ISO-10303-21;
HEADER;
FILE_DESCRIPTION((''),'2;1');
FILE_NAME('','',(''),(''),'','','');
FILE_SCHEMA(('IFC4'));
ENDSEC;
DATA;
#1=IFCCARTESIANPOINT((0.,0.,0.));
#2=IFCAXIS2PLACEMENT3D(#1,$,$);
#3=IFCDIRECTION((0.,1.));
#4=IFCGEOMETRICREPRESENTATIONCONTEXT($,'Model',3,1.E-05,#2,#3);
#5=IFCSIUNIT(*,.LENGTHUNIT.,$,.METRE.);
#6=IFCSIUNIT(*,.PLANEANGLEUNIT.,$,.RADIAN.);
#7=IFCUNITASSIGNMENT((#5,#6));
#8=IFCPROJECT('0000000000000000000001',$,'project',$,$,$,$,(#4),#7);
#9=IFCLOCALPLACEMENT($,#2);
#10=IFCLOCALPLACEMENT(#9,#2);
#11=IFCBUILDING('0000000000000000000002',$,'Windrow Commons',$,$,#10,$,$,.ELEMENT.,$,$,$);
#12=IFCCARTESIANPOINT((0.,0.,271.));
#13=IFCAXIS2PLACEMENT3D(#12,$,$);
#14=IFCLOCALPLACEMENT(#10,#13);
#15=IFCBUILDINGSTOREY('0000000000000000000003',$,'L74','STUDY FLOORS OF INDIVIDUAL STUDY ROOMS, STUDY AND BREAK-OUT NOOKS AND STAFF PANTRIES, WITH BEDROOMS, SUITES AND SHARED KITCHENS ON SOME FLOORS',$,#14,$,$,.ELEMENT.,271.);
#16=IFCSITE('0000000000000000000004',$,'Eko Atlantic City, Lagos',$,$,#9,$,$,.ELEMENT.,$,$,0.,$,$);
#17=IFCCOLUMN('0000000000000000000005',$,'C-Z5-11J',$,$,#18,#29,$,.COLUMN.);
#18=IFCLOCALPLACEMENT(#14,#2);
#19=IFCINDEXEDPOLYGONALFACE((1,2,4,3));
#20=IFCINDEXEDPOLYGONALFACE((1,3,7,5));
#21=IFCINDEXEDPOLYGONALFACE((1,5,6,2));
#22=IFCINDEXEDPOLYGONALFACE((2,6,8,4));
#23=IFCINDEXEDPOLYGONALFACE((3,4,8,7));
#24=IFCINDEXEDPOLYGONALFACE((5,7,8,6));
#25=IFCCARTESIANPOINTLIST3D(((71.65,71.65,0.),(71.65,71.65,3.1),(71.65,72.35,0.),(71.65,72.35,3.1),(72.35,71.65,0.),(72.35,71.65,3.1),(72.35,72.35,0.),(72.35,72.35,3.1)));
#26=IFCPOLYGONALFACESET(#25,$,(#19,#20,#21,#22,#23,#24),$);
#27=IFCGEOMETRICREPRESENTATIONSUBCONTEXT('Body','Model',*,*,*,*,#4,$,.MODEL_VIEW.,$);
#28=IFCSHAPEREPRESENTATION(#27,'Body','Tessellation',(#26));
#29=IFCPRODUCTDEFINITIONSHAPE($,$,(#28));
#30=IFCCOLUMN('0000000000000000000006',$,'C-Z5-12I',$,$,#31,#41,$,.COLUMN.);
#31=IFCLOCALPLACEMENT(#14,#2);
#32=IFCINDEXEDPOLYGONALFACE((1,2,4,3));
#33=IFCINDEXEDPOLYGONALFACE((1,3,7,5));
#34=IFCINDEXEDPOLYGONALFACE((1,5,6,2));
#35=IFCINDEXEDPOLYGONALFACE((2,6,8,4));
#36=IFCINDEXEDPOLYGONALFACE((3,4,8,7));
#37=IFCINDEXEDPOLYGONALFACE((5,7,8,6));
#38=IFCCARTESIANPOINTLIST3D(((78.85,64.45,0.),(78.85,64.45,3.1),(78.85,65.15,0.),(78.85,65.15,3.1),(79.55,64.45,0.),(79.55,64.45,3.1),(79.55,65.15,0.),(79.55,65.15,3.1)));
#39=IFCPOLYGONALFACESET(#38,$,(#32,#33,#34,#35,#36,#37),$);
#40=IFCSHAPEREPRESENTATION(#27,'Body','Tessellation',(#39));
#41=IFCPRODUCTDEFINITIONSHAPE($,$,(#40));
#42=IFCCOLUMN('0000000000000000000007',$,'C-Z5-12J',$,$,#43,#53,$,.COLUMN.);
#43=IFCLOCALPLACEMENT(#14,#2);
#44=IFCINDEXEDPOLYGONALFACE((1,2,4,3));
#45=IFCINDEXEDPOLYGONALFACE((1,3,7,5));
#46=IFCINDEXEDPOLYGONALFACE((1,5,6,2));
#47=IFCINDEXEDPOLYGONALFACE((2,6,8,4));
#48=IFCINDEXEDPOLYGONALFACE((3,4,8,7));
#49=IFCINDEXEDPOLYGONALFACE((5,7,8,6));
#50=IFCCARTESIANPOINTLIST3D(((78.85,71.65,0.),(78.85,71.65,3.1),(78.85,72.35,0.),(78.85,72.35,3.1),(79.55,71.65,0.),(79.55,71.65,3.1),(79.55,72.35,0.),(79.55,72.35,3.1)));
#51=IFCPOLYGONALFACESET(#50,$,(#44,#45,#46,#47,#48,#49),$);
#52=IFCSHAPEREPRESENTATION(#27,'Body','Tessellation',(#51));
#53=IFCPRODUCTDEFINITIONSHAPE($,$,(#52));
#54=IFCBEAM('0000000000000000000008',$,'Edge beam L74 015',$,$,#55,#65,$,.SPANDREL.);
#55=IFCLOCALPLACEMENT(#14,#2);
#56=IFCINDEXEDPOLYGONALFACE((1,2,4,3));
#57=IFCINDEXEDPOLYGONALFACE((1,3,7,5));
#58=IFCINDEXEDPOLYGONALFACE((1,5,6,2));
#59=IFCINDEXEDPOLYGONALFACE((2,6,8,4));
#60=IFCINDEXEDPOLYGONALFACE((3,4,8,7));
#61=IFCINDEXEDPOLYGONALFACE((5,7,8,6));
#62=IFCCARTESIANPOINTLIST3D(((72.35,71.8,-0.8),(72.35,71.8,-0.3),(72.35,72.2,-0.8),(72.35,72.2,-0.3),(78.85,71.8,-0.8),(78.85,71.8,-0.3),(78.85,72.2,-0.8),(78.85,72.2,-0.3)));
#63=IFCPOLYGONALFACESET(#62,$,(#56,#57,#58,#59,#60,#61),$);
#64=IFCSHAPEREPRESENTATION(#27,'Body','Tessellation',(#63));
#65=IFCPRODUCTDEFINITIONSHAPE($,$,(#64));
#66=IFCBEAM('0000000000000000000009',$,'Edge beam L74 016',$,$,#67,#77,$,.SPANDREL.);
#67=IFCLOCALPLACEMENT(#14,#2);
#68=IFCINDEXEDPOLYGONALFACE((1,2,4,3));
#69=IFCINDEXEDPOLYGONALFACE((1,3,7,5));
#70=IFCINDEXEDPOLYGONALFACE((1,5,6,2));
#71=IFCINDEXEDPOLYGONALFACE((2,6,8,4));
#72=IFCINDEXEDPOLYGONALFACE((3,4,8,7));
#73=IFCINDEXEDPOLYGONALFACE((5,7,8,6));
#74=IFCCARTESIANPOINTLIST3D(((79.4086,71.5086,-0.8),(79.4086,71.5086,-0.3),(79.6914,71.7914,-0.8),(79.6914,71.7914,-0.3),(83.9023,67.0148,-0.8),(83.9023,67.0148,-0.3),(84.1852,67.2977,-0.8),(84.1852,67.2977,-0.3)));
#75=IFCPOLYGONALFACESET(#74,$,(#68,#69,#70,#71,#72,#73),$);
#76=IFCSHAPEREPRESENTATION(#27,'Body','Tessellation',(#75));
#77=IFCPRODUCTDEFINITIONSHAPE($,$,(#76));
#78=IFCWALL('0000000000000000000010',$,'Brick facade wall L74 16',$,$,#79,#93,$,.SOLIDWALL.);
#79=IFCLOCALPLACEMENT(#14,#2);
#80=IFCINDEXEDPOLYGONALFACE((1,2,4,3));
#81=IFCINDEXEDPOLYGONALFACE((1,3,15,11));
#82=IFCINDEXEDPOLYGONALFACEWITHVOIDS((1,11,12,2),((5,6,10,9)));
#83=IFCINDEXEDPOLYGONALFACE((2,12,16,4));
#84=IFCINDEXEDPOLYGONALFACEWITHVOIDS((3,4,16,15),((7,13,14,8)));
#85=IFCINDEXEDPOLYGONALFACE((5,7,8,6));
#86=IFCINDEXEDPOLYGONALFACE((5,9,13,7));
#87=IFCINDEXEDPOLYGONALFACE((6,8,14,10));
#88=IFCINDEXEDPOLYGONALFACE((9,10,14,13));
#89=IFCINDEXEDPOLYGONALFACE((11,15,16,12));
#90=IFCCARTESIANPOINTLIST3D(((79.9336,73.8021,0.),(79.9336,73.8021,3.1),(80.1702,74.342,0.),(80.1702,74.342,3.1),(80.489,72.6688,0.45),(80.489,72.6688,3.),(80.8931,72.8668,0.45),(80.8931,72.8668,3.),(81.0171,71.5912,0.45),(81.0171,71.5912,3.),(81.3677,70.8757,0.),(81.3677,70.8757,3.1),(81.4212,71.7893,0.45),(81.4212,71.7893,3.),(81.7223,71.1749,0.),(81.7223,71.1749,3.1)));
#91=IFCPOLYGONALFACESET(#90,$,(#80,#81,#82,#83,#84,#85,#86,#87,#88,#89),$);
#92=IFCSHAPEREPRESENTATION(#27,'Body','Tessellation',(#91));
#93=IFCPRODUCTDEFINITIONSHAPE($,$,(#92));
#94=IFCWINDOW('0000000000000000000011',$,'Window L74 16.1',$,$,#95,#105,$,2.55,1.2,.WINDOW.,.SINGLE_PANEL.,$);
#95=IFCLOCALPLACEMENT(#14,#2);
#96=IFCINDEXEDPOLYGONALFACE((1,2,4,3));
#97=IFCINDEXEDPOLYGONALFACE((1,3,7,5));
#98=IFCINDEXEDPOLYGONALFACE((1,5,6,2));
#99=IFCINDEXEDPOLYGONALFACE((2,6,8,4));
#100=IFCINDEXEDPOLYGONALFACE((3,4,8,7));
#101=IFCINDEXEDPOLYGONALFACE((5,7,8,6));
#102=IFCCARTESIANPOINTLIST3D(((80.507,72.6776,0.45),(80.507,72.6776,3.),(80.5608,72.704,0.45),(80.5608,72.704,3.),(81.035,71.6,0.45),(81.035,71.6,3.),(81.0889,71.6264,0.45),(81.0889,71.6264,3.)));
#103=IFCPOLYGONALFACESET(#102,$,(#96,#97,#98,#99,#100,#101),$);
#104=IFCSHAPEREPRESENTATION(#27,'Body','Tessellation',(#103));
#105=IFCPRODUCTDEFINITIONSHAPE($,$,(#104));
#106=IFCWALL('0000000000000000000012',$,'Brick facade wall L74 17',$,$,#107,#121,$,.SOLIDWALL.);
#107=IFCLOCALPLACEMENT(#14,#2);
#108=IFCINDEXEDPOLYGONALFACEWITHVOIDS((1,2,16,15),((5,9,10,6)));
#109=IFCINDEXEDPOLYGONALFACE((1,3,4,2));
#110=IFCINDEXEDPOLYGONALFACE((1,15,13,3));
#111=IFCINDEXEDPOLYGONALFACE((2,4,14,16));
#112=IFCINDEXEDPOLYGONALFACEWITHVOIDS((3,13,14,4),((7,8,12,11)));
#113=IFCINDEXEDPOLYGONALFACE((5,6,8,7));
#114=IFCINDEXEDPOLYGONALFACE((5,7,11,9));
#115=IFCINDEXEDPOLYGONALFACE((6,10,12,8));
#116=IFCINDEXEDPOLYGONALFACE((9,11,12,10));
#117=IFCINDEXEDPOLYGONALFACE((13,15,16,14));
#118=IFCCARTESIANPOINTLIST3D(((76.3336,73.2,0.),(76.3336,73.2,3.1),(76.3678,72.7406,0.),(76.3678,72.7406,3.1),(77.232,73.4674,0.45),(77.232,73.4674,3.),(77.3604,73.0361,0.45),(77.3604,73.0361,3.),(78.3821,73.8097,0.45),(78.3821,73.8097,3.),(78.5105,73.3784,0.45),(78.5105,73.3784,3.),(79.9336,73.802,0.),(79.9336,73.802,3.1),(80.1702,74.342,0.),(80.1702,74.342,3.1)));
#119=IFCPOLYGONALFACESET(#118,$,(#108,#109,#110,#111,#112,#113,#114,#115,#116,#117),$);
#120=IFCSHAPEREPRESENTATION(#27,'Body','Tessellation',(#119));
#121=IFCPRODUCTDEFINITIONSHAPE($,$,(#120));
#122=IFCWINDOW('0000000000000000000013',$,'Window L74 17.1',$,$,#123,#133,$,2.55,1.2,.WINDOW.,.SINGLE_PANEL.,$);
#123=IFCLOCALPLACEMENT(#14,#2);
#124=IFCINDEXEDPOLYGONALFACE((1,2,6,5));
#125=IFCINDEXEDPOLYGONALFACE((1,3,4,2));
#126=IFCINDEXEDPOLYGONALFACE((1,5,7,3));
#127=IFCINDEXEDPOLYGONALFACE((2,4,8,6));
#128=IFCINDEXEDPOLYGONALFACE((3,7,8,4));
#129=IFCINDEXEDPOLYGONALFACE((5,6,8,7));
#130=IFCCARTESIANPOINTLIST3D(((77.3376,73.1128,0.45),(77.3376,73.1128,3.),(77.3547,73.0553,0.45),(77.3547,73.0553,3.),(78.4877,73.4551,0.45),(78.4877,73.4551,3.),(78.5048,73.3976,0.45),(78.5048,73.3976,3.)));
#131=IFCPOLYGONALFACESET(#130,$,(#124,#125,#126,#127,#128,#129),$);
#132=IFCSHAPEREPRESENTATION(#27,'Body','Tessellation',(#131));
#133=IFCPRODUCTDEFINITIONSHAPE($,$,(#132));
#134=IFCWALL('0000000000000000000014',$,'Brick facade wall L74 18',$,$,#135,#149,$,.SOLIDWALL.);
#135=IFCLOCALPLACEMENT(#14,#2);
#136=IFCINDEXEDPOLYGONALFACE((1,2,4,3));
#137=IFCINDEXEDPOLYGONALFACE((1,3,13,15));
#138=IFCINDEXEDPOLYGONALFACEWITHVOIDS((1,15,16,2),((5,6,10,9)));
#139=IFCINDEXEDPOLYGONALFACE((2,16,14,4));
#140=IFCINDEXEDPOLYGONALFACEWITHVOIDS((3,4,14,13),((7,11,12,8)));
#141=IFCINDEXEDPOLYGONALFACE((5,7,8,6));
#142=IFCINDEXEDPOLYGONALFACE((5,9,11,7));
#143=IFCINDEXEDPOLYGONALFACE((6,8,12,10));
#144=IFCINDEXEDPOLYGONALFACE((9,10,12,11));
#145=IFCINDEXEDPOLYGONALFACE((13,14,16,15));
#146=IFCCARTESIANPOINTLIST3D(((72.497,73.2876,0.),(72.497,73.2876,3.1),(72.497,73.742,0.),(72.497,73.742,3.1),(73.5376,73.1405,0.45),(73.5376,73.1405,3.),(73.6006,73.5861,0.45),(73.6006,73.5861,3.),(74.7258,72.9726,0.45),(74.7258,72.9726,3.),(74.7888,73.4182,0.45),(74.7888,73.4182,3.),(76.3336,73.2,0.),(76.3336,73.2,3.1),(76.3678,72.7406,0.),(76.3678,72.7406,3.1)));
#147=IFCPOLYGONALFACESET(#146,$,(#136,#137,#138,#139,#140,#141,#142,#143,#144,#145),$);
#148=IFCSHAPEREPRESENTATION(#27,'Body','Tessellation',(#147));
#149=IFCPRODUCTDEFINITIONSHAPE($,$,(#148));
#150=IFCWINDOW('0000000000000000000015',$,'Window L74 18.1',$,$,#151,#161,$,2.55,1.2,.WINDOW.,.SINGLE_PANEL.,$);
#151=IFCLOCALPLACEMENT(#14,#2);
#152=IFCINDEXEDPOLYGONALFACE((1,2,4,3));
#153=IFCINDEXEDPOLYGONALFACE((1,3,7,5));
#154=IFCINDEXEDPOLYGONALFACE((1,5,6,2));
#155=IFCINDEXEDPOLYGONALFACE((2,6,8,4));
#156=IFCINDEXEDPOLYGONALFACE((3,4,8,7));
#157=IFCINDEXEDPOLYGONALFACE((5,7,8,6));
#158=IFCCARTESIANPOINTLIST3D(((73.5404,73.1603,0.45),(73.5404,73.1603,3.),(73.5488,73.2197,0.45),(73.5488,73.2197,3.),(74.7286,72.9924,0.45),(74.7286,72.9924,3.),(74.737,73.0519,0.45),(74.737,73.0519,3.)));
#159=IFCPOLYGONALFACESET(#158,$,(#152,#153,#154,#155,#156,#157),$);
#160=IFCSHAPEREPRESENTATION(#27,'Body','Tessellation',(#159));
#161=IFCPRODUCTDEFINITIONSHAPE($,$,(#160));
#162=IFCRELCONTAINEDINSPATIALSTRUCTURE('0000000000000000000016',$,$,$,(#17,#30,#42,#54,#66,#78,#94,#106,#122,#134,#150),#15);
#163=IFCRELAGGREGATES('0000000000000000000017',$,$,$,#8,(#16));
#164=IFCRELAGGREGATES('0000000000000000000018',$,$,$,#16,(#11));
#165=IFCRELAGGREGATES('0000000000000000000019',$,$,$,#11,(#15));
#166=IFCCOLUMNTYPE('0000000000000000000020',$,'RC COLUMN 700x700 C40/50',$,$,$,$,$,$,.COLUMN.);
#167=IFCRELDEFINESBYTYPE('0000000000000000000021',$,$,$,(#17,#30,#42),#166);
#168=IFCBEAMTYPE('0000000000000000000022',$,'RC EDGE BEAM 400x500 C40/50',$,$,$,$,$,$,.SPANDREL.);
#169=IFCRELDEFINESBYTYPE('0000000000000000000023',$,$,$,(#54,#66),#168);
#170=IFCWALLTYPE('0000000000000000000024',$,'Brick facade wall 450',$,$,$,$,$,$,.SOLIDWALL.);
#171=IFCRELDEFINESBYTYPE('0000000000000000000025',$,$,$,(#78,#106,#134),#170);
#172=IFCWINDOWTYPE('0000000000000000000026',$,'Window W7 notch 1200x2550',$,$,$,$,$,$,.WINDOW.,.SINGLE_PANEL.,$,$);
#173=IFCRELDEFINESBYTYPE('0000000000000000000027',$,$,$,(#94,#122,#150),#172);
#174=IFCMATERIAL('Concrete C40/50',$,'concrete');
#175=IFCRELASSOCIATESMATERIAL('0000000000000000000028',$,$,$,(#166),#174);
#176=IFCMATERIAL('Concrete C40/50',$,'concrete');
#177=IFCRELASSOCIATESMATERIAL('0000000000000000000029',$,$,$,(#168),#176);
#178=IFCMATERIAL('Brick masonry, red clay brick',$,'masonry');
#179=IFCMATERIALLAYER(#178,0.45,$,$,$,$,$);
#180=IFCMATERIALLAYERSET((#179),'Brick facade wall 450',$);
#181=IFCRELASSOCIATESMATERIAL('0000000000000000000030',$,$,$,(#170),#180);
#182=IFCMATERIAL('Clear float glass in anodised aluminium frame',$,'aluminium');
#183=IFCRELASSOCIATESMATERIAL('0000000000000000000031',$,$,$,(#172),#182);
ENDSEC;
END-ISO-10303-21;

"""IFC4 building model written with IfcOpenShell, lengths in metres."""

from ifc_helpers import new_model, si_unit, direction, frame, frame_2d, origin, origin_2d, place, context, subcontext, project, spatial, polyline, rectangle, outline, extrude, material, layer, layer_set, material_profile, profile_set, type_object, element, fill, save


model = new_model("IFC4")

# Units and contexts
model_context = context("Model", 3, precision=1e-05, world=origin(), true_north=direction((0.0, 1.0)))
body_context = subcontext(model_context, "Body", "Model", "MODEL_VIEW")
ifc_project = project(units=[si_unit("LENGTHUNIT", "METRE"), si_unit("PLANEANGLEUNIT", "RADIAN")], contexts=[model_context])

# Site, building, storey
site_placement = place(None, origin())
site = spatial("IfcSite", under=ifc_project, at=site_placement, Name="Eko Atlantic City, Lagos", CompositionType="ELEMENT", RefElevation=0.0)
building_placement = place(site_placement, origin())
building = spatial("IfcBuilding", under=site, at=building_placement, Name="Windrow Commons", CompositionType="ELEMENT")
storey_placement = place(building_placement, frame((0.0, 0.0, 271.0)))
storey = spatial("IfcBuildingStorey", under=building, at=storey_placement, Name="L74", Description="STUDY FLOORS OF INDIVIDUAL STUDY ROOMS, STUDY AND BREAK-OUT NOOKS AND STAFF PANTRIES, WITH BEDROOMS, SUITES AND SHARED KITCHENS ON SOME FLOORS", CompositionType="ELEMENT", Elevation=271.0)

# Columns
ifc_material_1 = material(Name="Concrete C40/50", Category="concrete")
ifc_material_profile_1 = material_profile(ifc_material_1, rectangle(XDim=0.7, YDim=0.7, at=origin_2d()))
ifc_profile_set_1 = profile_set([ifc_material_profile_1], Name="Concrete C40/50")
column_type = type_object("IfcColumnType", Name="RC COLUMN 700x700 C40/50", PredefinedType="COLUMN", material=ifc_profile_set_1)
for number, where, z_axis, x_axis, name in (
    (1, (72.0, 72.0, 0.0), (0.0, 0.0, 1.0), (1.0, 0.0, 0.0), "C-Z5-11J"),
    (2, (79.2, 64.8, 0.0), (0.0, 0.0, 1.0), (1.0, 0.0, 0.0), "C-Z5-12I"),
    (3, (79.2, 72.0, 0.0), (0.0, 0.0, 1.0), (1.0, 0.0, 0.0), "C-Z5-12J"),
):
    element("IfcColumn", number, at=place(storey_placement, frame(where, z_axis=z_axis, x_axis=x_axis)), inside=storey, type_object=column_type, Name=name, PredefinedType="COLUMN", context=body_context, shape_type="SweptSolid", body=[
        extrude(rectangle(XDim=0.7, YDim=0.7, at=origin_2d()), origin(), (0.0, 0.0, 1.0), 3.1),
    ])

# Beams
ifc_material_2 = material(Name="Concrete C40/50", Category="concrete")
ifc_material_profile_2 = material_profile(ifc_material_2, rectangle(XDim=0.4, YDim=0.5, at=origin_2d()))
ifc_profile_set_2 = profile_set([ifc_material_profile_2], Name="Concrete C40/50")
beam_type = type_object("IfcBeamType", Name="RC EDGE BEAM 400x500 C40/50", PredefinedType="SPANDREL", material=ifc_profile_set_2)
beam_1_placement = place(storey_placement, frame((72.35, 72.0, -0.55), z_axis=(1.0, 0.0, 0.0), x_axis=(0.0, 1.0, 0.0)))
element("IfcBeam", 4, at=beam_1_placement, inside=storey, type_object=beam_type, Name="Edge beam L74 015", PredefinedType="SPANDREL", context=body_context, shape_type="SweptSolid", body=[
    extrude(rectangle(XDim=0.4, YDim=0.5, at=origin_2d()), origin(), (0.0, 0.0, 1.0), 6.5),
])
beam_2_placement = place(storey_placement, frame((79.55, 71.65, -0.55), z_axis=(0.707107, -0.707107, 0.0), x_axis=(0.707107, 0.707107, 0.0)))
element("IfcBeam", 5, at=beam_2_placement, inside=storey, type_object=beam_type, Name="Edge beam L74 016", PredefinedType="SPANDREL", context=body_context, shape_type="SweptSolid", body=[
    extrude(rectangle(XDim=0.4, YDim=0.5, at=origin_2d()), origin(), (0.0, 0.0, 1.0), 6.3551),
])

# Walls, openings, windows
ifc_material_3 = material(Name="Brick masonry, red clay brick", Category="masonry")
ifc_layer_1 = layer(ifc_material_3, 0.45)
ifc_layer_set_1 = layer_set([ifc_layer_1], Name="Brick facade wall 450")
wall_type_1 = type_object("IfcWallType", Name="Brick facade wall 450", PredefinedType="SOLIDWALL", material=ifc_layer_set_1)
wall_1_placement = place(storey_placement, frame((81.545, 71.0253, 0.0), z_axis=(0.0, 0.0, 1.0), x_axis=(-0.440067, 0.897965, 0.0)))
wall_1 = element("IfcWall", 6, at=wall_1_placement, inside=storey, type_object=wall_type_1, Name="Brick facade wall L74 16", PredefinedType="SOLIDWALL", context=body_context, shape_type="SweptSolid", body=[
    extrude(outline(polyline([(0.0563, -0.225), (3.5833, -0.225), (3.2026, 0.225), (-0.0563, 0.225), (0.0563, -0.225)])), origin(), (0.0, 0.0, 1.0), 3.1),
])
opening_1_placement = place(wall_1_placement, frame((0.7405, 0.0, 0.45)))
opening_1 = element("IfcOpeningElement", 7, at=opening_1_placement, cuts=wall_1, PredefinedType="OPENING", context=body_context, shape_type="SweptSolid", body=[
    extrude(rectangle(XDim=1.2, YDim=2.55, at=frame_2d((0.6, 1.275))), frame((0.0, 0.235, 0.0), z_axis=(0.0, -1.0, 0.0), x_axis=(1.0, 0.0, 0.0)), (0.0, 0.0, 1.0), 0.47),
])
ifc_material_4 = material(Name="Clear float glass in anodised aluminium frame", Category="aluminium")
window_type = type_object("IfcWindowType", Name="Window W7 notch 1200x2550", PartitioningType="SINGLE_PANEL", PredefinedType="WINDOW", material=ifc_material_4)
window_1_placement = place(opening_1_placement, origin())
window_1 = element("IfcWindow", 8, at=window_1_placement, inside=storey, type_object=window_type, Name="Window L74 16.1", OverallHeight=2.55, OverallWidth=1.2, PartitioningType="SINGLE_PANEL", PredefinedType="WINDOW", context=body_context, shape_type="SweptSolid", body=[
    extrude(rectangle(XDim=1.2, YDim=2.55, at=frame_2d((0.6, 1.275))), frame((0.0, 0.205, 0.0), z_axis=(0.0, -1.0, 0.0), x_axis=(1.0, 0.0, 0.0)), (0.0, 0.0, 1.0), 0.06),
])
fill(opening_1, window_1)
wall_2_placement = place(storey_placement, frame((80.0519, 74.072, 0.0), z_axis=(0.0, 0.0, 1.0), x_axis=(-0.958441, -0.28529, 0.0)))
wall_2 = element("IfcWall", 9, at=wall_2_placement, inside=storey, type_object=wall_type_1, Name="Brick facade wall L74 17", PredefinedType="SOLIDWALL", context=body_context, shape_type="SweptSolid", body=[
    extrude(outline(polyline([(-0.1904, -0.225), (3.8126, -0.225), (3.9108, 0.225), (0.1904, 0.225), (-0.1904, -0.225)])), origin(), (0.0, 0.0, 1.0), 3.1),
])
opening_2_placement = place(wall_2_placement, frame((1.6752, 0.0, 0.45)))
opening_2 = element("IfcOpeningElement", 10, at=opening_2_placement, cuts=wall_2, PredefinedType="OPENING", context=body_context, shape_type="SweptSolid", body=[
    extrude(rectangle(XDim=1.2, YDim=2.55, at=frame_2d((0.6, 1.275))), frame((0.0, 0.235, 0.0), z_axis=(0.0, -1.0, 0.0), x_axis=(1.0, 0.0, 0.0)), (0.0, 0.0, 1.0), 0.47),
])
window_2_placement = place(opening_2_placement, origin())
window_2 = element("IfcWindow", 11, at=window_2_placement, inside=storey, type_object=window_type, Name="Window L74 17.1", OverallHeight=2.55, OverallWidth=1.2, PartitioningType="SINGLE_PANEL", PredefinedType="WINDOW", context=body_context, shape_type="SweptSolid", body=[
    extrude(rectangle(XDim=1.2, YDim=2.55, at=frame_2d((0.6, 1.275))), frame((0.0, 0.205, 0.0), z_axis=(0.0, -1.0, 0.0), x_axis=(1.0, 0.0, 0.0)), (0.0, 0.0, 1.0), 0.06),
])
fill(opening_2, window_2)
wall_3_placement = place(storey_placement, frame((76.3507, 72.9703, 0.0), z_axis=(0.0, 0.0, 1.0), x_axis=(-0.990165, 0.139903, 0.0)))
wall_3 = element("IfcWall", 12, at=wall_3_placement, inside=storey, type_object=wall_type_1, Name="Brick facade wall L74 18", PredefinedType="SOLIDWALL", context=body_context, shape_type="SweptSolid", body=[
    extrude(outline(polyline([(0.0491, -0.225), (3.9238, -0.225), (3.8602, 0.225), (-0.0491, 0.225), (0.0491, -0.225)])), origin(), (0.0, 0.0, 1.0), 3.1),
])
opening_3_placement = place(wall_3_placement, frame((1.6092, 0.0, 0.45)))
opening_3 = element("IfcOpeningElement", 13, at=opening_3_placement, cuts=wall_3, PredefinedType="OPENING", context=body_context, shape_type="SweptSolid", body=[
    extrude(rectangle(XDim=1.2, YDim=2.55, at=frame_2d((0.6, 1.275))), frame((0.0, 0.235, 0.0), z_axis=(0.0, -1.0, 0.0), x_axis=(1.0, 0.0, 0.0)), (0.0, 0.0, 1.0), 0.47),
])
window_3_placement = place(opening_3_placement, origin())
window_3 = element("IfcWindow", 14, at=window_3_placement, inside=storey, type_object=window_type, Name="Window L74 18.1", OverallHeight=2.55, OverallWidth=1.2, PartitioningType="SINGLE_PANEL", PredefinedType="WINDOW", context=body_context, shape_type="SweptSolid", body=[
    extrude(rectangle(XDim=1.2, YDim=2.55, at=frame_2d((0.6, 1.275))), frame((0.0, 0.205, 0.0), z_axis=(0.0, -1.0, 0.0), x_axis=(1.0, 0.0, 0.0)), (0.0, 0.0, 1.0), 0.06),
])
fill(opening_3, window_3)

save(model, "model.ifc")
